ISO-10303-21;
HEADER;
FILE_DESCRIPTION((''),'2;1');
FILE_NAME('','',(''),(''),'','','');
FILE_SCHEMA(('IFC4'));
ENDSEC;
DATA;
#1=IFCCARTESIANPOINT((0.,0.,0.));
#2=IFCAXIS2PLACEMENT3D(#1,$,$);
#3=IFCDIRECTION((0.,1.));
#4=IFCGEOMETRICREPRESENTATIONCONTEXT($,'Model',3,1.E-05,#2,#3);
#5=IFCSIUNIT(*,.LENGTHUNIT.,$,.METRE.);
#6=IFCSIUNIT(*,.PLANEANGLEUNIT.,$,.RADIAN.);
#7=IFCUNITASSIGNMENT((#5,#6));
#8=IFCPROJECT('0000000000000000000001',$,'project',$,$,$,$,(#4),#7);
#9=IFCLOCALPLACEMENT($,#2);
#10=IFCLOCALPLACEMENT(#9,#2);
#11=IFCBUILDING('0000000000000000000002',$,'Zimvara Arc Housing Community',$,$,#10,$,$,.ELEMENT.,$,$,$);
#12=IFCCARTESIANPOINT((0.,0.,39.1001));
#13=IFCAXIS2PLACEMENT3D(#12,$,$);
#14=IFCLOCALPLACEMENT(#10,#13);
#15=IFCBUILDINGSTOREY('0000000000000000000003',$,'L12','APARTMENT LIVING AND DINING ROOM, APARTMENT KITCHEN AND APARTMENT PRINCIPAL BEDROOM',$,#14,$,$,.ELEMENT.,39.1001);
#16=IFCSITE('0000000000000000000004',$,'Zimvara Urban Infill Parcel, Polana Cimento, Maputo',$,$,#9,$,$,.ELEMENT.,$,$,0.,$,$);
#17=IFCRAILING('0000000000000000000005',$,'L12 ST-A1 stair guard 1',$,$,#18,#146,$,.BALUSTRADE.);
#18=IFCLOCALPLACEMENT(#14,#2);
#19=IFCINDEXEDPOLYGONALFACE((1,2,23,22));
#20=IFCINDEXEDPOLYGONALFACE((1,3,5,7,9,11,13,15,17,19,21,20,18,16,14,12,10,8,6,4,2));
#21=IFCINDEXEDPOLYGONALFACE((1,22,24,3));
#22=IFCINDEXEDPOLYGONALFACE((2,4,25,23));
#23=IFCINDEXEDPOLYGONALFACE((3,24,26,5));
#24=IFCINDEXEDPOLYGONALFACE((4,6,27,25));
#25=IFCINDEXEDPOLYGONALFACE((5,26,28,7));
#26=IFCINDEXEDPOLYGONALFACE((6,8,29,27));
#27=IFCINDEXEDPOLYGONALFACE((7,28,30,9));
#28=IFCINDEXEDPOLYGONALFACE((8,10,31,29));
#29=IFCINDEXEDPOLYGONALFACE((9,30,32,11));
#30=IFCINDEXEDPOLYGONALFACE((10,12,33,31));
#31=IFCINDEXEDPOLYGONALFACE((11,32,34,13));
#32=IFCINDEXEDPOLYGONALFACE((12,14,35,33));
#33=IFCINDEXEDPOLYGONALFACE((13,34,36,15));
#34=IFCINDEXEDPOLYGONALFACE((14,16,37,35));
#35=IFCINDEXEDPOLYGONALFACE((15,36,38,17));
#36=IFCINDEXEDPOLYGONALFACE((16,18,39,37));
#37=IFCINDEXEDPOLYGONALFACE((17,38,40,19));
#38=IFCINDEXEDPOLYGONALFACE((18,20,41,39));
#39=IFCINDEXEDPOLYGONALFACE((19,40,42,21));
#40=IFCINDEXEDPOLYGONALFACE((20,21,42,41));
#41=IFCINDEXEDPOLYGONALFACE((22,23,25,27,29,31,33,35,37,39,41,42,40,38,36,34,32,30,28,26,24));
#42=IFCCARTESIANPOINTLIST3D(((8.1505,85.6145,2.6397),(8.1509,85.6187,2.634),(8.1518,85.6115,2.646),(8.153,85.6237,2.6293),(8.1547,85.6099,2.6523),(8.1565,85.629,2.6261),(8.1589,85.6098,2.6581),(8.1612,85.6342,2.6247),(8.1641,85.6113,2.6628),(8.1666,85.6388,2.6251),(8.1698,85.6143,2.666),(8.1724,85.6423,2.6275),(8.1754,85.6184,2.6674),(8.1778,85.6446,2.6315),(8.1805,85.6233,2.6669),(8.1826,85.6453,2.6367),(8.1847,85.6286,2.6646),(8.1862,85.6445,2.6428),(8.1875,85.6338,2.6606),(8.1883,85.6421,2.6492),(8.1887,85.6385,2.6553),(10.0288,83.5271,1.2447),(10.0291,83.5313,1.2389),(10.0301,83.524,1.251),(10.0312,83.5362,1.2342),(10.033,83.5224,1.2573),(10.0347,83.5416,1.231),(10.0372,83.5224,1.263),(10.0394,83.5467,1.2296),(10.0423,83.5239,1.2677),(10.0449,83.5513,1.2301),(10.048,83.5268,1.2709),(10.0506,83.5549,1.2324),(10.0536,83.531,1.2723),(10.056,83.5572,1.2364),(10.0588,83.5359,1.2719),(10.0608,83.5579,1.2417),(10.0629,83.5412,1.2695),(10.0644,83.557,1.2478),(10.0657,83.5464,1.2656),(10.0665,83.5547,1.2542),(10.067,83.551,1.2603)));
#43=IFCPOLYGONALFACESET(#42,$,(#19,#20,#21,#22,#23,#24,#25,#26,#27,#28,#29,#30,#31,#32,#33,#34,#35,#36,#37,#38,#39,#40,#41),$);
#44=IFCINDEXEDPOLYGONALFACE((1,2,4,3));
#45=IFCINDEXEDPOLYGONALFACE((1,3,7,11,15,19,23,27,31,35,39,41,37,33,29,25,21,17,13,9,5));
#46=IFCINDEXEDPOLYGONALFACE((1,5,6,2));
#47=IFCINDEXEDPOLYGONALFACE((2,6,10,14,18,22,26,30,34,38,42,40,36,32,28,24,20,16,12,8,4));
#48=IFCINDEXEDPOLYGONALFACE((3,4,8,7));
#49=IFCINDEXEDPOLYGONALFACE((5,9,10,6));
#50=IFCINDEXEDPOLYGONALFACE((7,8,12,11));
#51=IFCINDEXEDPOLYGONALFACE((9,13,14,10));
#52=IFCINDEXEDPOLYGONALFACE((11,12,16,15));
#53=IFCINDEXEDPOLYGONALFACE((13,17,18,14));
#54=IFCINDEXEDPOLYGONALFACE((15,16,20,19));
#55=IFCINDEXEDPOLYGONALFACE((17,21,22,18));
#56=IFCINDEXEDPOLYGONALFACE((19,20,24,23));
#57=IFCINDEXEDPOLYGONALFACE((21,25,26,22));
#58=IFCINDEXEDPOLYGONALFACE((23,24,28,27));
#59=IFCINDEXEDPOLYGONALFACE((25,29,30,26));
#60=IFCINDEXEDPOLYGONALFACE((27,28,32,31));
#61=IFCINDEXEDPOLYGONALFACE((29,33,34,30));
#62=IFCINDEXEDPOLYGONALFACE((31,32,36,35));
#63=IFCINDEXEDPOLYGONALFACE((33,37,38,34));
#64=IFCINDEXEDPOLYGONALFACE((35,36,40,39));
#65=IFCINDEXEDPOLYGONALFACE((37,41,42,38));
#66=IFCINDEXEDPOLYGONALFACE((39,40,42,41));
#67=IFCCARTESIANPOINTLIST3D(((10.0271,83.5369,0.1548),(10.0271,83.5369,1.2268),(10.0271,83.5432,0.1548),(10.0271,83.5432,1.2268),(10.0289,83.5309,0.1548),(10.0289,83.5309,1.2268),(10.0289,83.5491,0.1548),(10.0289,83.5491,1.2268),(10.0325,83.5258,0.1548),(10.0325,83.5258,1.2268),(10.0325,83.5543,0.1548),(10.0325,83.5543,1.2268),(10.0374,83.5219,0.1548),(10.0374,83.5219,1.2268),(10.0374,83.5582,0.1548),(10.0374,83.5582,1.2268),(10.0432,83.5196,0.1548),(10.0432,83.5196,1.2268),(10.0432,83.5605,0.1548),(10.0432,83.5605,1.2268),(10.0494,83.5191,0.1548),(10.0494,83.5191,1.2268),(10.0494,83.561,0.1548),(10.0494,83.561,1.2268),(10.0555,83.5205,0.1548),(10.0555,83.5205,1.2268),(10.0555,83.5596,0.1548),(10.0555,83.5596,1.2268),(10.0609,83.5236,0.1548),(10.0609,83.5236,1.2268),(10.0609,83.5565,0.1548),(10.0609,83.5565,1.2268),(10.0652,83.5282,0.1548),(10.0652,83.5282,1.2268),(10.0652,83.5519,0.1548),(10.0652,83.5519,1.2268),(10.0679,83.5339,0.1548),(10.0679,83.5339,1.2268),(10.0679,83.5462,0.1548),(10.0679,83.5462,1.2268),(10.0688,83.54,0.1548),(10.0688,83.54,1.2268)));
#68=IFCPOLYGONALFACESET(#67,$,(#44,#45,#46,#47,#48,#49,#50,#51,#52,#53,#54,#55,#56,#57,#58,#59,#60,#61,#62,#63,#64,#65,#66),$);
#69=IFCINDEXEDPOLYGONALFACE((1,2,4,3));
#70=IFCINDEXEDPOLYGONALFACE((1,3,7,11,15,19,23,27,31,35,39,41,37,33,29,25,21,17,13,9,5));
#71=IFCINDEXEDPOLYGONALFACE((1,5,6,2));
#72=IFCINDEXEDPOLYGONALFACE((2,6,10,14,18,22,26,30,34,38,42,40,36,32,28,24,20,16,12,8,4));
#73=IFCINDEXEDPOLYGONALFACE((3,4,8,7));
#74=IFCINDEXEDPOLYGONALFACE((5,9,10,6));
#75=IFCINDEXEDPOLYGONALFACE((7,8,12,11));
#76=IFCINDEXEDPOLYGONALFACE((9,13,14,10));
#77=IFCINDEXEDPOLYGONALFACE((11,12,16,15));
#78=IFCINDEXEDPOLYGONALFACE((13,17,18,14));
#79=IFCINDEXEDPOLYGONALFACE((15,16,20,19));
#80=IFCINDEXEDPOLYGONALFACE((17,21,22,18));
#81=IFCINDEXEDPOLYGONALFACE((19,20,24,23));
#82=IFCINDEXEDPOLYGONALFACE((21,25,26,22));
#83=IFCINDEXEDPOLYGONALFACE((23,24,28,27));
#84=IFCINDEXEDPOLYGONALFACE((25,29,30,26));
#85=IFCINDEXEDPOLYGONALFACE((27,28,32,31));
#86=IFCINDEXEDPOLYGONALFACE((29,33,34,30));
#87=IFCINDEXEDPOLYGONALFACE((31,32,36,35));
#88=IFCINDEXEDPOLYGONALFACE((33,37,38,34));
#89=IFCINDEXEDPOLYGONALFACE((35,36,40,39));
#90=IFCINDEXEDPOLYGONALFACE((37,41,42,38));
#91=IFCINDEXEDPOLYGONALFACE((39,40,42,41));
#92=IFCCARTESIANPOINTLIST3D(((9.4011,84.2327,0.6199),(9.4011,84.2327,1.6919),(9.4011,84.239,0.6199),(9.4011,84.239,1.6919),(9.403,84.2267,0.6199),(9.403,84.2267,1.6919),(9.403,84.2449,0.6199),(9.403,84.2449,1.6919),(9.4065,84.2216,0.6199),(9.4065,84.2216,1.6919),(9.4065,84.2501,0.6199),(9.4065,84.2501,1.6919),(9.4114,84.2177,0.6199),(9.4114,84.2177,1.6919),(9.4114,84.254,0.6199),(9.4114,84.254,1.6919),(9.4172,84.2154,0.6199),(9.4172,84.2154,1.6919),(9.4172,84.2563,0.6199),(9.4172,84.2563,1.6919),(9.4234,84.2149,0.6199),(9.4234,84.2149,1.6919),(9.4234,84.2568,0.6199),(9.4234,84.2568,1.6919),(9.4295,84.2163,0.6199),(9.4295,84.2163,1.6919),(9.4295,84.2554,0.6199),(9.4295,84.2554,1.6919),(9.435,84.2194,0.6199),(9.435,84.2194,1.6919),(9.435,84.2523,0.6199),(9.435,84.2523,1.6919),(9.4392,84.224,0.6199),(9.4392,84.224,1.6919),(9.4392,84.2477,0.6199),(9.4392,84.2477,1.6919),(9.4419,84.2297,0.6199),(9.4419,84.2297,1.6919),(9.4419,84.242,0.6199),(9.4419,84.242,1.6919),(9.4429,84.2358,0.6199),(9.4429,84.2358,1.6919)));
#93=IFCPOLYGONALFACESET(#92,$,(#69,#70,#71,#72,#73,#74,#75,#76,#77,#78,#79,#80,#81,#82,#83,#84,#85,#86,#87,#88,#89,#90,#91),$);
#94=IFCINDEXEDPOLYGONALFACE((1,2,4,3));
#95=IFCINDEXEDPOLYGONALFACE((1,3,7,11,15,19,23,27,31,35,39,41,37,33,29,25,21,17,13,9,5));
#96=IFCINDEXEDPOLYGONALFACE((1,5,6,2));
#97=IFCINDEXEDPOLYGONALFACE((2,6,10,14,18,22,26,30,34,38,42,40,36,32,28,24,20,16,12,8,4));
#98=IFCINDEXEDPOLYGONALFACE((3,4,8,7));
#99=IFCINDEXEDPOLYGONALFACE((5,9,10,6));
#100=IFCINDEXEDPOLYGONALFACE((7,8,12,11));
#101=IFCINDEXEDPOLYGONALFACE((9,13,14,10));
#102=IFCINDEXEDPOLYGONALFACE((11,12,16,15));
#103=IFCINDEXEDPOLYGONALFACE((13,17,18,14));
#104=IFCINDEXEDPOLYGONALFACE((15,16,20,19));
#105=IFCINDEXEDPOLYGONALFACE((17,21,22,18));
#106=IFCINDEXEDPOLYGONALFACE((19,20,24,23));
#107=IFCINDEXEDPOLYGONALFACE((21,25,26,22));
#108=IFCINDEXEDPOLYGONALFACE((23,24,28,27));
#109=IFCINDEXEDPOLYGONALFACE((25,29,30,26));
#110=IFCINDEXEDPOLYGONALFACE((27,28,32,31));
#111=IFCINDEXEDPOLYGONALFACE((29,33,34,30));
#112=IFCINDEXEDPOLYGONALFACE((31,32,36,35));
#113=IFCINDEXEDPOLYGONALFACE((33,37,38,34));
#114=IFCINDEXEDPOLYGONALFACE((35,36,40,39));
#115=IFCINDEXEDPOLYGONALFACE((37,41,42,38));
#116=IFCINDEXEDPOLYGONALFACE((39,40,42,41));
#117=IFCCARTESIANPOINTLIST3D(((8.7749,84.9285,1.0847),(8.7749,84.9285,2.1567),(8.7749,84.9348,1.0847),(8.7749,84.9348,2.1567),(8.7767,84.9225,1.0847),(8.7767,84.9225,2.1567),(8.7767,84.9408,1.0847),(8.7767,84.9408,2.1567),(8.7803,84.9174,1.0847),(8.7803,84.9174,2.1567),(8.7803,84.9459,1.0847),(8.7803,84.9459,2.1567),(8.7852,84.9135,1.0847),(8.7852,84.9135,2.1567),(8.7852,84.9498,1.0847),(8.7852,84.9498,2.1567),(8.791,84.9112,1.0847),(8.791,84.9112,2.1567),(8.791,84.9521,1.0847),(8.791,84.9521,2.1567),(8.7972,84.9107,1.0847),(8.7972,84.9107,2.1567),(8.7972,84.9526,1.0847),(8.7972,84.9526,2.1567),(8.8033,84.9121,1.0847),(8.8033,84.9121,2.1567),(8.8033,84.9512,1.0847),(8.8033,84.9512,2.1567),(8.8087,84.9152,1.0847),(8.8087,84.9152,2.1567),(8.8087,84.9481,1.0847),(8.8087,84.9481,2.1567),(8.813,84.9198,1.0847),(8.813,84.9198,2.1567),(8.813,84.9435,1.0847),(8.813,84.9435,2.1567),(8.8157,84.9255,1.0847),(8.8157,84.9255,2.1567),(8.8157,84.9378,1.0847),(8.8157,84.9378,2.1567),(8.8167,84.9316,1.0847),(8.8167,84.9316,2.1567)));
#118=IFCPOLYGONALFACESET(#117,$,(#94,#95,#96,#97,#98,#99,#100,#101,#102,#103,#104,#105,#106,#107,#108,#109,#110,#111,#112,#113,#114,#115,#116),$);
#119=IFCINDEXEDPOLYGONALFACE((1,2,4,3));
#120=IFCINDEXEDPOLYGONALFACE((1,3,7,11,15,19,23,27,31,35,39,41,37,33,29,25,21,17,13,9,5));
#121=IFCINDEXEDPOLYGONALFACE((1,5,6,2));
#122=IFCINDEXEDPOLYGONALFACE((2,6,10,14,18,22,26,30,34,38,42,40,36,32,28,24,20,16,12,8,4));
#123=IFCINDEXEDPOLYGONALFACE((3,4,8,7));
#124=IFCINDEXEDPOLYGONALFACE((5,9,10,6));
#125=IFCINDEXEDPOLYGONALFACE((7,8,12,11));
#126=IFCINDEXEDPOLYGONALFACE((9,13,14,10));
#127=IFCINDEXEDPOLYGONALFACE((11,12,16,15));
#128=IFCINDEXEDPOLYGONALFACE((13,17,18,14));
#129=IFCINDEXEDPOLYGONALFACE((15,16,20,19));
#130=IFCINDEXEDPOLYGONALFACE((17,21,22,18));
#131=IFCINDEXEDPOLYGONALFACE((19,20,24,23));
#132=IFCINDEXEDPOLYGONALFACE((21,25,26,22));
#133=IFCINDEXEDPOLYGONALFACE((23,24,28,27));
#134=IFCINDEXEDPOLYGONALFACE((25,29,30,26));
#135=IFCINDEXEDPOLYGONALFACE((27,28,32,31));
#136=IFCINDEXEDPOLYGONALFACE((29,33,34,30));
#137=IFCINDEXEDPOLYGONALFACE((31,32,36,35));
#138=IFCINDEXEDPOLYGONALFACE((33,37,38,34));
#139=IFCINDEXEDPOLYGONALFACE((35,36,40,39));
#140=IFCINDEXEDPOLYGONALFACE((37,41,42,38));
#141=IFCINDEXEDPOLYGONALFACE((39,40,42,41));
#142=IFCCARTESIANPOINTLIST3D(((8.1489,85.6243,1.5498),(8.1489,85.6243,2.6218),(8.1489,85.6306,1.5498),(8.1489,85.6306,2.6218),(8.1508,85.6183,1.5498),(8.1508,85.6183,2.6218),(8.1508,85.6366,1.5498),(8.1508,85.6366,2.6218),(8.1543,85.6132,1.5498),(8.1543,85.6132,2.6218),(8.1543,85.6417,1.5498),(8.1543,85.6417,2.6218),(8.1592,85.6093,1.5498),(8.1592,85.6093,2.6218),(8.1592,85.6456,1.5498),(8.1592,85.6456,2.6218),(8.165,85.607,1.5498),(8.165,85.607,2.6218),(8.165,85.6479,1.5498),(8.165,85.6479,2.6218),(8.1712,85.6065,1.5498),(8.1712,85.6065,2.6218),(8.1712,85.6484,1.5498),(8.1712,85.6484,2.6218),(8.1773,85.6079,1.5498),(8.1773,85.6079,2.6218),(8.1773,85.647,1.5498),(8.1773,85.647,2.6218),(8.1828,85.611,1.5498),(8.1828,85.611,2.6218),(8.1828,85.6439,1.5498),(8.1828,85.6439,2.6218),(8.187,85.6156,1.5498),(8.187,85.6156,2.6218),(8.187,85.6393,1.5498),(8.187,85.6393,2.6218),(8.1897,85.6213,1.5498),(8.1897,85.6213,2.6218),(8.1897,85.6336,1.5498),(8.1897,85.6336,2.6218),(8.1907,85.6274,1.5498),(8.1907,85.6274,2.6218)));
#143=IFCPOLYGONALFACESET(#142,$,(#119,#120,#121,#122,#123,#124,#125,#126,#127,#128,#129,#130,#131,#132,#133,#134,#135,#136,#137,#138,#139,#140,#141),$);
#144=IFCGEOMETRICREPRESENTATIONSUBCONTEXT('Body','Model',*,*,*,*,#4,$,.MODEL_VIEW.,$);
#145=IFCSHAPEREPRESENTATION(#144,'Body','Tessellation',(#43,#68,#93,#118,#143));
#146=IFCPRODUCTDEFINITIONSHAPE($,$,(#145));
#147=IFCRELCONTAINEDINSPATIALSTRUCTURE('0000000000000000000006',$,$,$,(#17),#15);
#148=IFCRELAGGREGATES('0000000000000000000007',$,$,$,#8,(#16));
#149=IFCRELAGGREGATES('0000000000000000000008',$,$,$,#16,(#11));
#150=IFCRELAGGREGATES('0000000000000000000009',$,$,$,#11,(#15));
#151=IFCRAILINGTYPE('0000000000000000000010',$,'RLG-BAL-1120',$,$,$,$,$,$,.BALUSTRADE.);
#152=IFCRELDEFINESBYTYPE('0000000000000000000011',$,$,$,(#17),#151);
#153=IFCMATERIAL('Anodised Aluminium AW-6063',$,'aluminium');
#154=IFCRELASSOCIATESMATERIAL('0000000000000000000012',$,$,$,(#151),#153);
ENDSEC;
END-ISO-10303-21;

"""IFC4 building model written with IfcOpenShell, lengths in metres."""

from ifc_helpers import new_model, si_unit, direction, frame, origin, origin_2d, place, context, subcontext, project, spatial, circle, extrude, material, type_object, element, save


model = new_model("IFC4")

# Units and contexts
model_context = context("Model", 3, precision=1e-05, world=origin(), true_north=direction((0.0, 1.0)))
body_context = subcontext(model_context, "Body", "Model", "MODEL_VIEW")
ifc_project = project(units=[si_unit("LENGTHUNIT", "METRE"), si_unit("PLANEANGLEUNIT", "RADIAN")], contexts=[model_context])

# Site, building, storey
site_placement = place(None, origin())
site = spatial("IfcSite", under=ifc_project, at=site_placement, Name="Zimvara Urban Infill Parcel, Polana Cimento, Maputo", CompositionType="ELEMENT", RefElevation=0.0)
building_placement = place(site_placement, origin())
building = spatial("IfcBuilding", under=site, at=building_placement, Name="Zimvara Arc Housing Community", CompositionType="ELEMENT")
storey_placement = place(building_placement, frame((0.0, 0.0, 39.1001)))
storey = spatial("IfcBuildingStorey", under=building, at=storey_placement, Name="L12", Description="APARTMENT LIVING AND DINING ROOM, APARTMENT KITCHEN AND APARTMENT PRINCIPAL BEDROOM", CompositionType="ELEMENT", Elevation=39.1001)

# Railing
ifc_material_1 = material(Name="Anodised Aluminium AW-6063", Category="aluminium")
railing_type_1 = type_object("IfcRailingType", Name="RLG-BAL-1120", PredefinedType="BALUSTRADE", material=ifc_material_1)
railing_1_placement = place(storey_placement, frame((10.0479, 83.54, 0.1548)))
element("IfcRailing", 1, at=railing_1_placement, inside=storey, type_object=railing_type_1, Name="L12 ST-A1 stair guard 1", PredefinedType="BALUSTRADE", context=body_context, shape_type="SweptSolid", body=[
    extrude(circle(Radius=0.0239, at=origin_2d()), frame((0.0, 0.0, 1.0962), z_axis=(-0.599018, 0.665749, 0.444923), x_axis=(-0.743381, -0.668869, 0.0)), (0.0, 0.0, 1.0), 3.1355),
    extrude(circle(Radius=0.021, at=origin_2d()), origin(), (0.0, 0.0, 1.0), 1.072),
    extrude(circle(Radius=0.021, at=origin_2d()), frame((-0.626, 0.6958, 0.4651)), (0.0, 0.0, 1.0), 1.072),
    extrude(circle(Radius=0.021, at=origin_2d()), frame((-1.2522, 1.3916, 0.9299)), (0.0, 0.0, 1.0), 1.072),
    extrude(circle(Radius=0.021, at=origin_2d()), frame((-1.8782, 2.0874, 1.395)), (0.0, 0.0, 1.0), 1.072),
])

save(model, "model.ifc")
